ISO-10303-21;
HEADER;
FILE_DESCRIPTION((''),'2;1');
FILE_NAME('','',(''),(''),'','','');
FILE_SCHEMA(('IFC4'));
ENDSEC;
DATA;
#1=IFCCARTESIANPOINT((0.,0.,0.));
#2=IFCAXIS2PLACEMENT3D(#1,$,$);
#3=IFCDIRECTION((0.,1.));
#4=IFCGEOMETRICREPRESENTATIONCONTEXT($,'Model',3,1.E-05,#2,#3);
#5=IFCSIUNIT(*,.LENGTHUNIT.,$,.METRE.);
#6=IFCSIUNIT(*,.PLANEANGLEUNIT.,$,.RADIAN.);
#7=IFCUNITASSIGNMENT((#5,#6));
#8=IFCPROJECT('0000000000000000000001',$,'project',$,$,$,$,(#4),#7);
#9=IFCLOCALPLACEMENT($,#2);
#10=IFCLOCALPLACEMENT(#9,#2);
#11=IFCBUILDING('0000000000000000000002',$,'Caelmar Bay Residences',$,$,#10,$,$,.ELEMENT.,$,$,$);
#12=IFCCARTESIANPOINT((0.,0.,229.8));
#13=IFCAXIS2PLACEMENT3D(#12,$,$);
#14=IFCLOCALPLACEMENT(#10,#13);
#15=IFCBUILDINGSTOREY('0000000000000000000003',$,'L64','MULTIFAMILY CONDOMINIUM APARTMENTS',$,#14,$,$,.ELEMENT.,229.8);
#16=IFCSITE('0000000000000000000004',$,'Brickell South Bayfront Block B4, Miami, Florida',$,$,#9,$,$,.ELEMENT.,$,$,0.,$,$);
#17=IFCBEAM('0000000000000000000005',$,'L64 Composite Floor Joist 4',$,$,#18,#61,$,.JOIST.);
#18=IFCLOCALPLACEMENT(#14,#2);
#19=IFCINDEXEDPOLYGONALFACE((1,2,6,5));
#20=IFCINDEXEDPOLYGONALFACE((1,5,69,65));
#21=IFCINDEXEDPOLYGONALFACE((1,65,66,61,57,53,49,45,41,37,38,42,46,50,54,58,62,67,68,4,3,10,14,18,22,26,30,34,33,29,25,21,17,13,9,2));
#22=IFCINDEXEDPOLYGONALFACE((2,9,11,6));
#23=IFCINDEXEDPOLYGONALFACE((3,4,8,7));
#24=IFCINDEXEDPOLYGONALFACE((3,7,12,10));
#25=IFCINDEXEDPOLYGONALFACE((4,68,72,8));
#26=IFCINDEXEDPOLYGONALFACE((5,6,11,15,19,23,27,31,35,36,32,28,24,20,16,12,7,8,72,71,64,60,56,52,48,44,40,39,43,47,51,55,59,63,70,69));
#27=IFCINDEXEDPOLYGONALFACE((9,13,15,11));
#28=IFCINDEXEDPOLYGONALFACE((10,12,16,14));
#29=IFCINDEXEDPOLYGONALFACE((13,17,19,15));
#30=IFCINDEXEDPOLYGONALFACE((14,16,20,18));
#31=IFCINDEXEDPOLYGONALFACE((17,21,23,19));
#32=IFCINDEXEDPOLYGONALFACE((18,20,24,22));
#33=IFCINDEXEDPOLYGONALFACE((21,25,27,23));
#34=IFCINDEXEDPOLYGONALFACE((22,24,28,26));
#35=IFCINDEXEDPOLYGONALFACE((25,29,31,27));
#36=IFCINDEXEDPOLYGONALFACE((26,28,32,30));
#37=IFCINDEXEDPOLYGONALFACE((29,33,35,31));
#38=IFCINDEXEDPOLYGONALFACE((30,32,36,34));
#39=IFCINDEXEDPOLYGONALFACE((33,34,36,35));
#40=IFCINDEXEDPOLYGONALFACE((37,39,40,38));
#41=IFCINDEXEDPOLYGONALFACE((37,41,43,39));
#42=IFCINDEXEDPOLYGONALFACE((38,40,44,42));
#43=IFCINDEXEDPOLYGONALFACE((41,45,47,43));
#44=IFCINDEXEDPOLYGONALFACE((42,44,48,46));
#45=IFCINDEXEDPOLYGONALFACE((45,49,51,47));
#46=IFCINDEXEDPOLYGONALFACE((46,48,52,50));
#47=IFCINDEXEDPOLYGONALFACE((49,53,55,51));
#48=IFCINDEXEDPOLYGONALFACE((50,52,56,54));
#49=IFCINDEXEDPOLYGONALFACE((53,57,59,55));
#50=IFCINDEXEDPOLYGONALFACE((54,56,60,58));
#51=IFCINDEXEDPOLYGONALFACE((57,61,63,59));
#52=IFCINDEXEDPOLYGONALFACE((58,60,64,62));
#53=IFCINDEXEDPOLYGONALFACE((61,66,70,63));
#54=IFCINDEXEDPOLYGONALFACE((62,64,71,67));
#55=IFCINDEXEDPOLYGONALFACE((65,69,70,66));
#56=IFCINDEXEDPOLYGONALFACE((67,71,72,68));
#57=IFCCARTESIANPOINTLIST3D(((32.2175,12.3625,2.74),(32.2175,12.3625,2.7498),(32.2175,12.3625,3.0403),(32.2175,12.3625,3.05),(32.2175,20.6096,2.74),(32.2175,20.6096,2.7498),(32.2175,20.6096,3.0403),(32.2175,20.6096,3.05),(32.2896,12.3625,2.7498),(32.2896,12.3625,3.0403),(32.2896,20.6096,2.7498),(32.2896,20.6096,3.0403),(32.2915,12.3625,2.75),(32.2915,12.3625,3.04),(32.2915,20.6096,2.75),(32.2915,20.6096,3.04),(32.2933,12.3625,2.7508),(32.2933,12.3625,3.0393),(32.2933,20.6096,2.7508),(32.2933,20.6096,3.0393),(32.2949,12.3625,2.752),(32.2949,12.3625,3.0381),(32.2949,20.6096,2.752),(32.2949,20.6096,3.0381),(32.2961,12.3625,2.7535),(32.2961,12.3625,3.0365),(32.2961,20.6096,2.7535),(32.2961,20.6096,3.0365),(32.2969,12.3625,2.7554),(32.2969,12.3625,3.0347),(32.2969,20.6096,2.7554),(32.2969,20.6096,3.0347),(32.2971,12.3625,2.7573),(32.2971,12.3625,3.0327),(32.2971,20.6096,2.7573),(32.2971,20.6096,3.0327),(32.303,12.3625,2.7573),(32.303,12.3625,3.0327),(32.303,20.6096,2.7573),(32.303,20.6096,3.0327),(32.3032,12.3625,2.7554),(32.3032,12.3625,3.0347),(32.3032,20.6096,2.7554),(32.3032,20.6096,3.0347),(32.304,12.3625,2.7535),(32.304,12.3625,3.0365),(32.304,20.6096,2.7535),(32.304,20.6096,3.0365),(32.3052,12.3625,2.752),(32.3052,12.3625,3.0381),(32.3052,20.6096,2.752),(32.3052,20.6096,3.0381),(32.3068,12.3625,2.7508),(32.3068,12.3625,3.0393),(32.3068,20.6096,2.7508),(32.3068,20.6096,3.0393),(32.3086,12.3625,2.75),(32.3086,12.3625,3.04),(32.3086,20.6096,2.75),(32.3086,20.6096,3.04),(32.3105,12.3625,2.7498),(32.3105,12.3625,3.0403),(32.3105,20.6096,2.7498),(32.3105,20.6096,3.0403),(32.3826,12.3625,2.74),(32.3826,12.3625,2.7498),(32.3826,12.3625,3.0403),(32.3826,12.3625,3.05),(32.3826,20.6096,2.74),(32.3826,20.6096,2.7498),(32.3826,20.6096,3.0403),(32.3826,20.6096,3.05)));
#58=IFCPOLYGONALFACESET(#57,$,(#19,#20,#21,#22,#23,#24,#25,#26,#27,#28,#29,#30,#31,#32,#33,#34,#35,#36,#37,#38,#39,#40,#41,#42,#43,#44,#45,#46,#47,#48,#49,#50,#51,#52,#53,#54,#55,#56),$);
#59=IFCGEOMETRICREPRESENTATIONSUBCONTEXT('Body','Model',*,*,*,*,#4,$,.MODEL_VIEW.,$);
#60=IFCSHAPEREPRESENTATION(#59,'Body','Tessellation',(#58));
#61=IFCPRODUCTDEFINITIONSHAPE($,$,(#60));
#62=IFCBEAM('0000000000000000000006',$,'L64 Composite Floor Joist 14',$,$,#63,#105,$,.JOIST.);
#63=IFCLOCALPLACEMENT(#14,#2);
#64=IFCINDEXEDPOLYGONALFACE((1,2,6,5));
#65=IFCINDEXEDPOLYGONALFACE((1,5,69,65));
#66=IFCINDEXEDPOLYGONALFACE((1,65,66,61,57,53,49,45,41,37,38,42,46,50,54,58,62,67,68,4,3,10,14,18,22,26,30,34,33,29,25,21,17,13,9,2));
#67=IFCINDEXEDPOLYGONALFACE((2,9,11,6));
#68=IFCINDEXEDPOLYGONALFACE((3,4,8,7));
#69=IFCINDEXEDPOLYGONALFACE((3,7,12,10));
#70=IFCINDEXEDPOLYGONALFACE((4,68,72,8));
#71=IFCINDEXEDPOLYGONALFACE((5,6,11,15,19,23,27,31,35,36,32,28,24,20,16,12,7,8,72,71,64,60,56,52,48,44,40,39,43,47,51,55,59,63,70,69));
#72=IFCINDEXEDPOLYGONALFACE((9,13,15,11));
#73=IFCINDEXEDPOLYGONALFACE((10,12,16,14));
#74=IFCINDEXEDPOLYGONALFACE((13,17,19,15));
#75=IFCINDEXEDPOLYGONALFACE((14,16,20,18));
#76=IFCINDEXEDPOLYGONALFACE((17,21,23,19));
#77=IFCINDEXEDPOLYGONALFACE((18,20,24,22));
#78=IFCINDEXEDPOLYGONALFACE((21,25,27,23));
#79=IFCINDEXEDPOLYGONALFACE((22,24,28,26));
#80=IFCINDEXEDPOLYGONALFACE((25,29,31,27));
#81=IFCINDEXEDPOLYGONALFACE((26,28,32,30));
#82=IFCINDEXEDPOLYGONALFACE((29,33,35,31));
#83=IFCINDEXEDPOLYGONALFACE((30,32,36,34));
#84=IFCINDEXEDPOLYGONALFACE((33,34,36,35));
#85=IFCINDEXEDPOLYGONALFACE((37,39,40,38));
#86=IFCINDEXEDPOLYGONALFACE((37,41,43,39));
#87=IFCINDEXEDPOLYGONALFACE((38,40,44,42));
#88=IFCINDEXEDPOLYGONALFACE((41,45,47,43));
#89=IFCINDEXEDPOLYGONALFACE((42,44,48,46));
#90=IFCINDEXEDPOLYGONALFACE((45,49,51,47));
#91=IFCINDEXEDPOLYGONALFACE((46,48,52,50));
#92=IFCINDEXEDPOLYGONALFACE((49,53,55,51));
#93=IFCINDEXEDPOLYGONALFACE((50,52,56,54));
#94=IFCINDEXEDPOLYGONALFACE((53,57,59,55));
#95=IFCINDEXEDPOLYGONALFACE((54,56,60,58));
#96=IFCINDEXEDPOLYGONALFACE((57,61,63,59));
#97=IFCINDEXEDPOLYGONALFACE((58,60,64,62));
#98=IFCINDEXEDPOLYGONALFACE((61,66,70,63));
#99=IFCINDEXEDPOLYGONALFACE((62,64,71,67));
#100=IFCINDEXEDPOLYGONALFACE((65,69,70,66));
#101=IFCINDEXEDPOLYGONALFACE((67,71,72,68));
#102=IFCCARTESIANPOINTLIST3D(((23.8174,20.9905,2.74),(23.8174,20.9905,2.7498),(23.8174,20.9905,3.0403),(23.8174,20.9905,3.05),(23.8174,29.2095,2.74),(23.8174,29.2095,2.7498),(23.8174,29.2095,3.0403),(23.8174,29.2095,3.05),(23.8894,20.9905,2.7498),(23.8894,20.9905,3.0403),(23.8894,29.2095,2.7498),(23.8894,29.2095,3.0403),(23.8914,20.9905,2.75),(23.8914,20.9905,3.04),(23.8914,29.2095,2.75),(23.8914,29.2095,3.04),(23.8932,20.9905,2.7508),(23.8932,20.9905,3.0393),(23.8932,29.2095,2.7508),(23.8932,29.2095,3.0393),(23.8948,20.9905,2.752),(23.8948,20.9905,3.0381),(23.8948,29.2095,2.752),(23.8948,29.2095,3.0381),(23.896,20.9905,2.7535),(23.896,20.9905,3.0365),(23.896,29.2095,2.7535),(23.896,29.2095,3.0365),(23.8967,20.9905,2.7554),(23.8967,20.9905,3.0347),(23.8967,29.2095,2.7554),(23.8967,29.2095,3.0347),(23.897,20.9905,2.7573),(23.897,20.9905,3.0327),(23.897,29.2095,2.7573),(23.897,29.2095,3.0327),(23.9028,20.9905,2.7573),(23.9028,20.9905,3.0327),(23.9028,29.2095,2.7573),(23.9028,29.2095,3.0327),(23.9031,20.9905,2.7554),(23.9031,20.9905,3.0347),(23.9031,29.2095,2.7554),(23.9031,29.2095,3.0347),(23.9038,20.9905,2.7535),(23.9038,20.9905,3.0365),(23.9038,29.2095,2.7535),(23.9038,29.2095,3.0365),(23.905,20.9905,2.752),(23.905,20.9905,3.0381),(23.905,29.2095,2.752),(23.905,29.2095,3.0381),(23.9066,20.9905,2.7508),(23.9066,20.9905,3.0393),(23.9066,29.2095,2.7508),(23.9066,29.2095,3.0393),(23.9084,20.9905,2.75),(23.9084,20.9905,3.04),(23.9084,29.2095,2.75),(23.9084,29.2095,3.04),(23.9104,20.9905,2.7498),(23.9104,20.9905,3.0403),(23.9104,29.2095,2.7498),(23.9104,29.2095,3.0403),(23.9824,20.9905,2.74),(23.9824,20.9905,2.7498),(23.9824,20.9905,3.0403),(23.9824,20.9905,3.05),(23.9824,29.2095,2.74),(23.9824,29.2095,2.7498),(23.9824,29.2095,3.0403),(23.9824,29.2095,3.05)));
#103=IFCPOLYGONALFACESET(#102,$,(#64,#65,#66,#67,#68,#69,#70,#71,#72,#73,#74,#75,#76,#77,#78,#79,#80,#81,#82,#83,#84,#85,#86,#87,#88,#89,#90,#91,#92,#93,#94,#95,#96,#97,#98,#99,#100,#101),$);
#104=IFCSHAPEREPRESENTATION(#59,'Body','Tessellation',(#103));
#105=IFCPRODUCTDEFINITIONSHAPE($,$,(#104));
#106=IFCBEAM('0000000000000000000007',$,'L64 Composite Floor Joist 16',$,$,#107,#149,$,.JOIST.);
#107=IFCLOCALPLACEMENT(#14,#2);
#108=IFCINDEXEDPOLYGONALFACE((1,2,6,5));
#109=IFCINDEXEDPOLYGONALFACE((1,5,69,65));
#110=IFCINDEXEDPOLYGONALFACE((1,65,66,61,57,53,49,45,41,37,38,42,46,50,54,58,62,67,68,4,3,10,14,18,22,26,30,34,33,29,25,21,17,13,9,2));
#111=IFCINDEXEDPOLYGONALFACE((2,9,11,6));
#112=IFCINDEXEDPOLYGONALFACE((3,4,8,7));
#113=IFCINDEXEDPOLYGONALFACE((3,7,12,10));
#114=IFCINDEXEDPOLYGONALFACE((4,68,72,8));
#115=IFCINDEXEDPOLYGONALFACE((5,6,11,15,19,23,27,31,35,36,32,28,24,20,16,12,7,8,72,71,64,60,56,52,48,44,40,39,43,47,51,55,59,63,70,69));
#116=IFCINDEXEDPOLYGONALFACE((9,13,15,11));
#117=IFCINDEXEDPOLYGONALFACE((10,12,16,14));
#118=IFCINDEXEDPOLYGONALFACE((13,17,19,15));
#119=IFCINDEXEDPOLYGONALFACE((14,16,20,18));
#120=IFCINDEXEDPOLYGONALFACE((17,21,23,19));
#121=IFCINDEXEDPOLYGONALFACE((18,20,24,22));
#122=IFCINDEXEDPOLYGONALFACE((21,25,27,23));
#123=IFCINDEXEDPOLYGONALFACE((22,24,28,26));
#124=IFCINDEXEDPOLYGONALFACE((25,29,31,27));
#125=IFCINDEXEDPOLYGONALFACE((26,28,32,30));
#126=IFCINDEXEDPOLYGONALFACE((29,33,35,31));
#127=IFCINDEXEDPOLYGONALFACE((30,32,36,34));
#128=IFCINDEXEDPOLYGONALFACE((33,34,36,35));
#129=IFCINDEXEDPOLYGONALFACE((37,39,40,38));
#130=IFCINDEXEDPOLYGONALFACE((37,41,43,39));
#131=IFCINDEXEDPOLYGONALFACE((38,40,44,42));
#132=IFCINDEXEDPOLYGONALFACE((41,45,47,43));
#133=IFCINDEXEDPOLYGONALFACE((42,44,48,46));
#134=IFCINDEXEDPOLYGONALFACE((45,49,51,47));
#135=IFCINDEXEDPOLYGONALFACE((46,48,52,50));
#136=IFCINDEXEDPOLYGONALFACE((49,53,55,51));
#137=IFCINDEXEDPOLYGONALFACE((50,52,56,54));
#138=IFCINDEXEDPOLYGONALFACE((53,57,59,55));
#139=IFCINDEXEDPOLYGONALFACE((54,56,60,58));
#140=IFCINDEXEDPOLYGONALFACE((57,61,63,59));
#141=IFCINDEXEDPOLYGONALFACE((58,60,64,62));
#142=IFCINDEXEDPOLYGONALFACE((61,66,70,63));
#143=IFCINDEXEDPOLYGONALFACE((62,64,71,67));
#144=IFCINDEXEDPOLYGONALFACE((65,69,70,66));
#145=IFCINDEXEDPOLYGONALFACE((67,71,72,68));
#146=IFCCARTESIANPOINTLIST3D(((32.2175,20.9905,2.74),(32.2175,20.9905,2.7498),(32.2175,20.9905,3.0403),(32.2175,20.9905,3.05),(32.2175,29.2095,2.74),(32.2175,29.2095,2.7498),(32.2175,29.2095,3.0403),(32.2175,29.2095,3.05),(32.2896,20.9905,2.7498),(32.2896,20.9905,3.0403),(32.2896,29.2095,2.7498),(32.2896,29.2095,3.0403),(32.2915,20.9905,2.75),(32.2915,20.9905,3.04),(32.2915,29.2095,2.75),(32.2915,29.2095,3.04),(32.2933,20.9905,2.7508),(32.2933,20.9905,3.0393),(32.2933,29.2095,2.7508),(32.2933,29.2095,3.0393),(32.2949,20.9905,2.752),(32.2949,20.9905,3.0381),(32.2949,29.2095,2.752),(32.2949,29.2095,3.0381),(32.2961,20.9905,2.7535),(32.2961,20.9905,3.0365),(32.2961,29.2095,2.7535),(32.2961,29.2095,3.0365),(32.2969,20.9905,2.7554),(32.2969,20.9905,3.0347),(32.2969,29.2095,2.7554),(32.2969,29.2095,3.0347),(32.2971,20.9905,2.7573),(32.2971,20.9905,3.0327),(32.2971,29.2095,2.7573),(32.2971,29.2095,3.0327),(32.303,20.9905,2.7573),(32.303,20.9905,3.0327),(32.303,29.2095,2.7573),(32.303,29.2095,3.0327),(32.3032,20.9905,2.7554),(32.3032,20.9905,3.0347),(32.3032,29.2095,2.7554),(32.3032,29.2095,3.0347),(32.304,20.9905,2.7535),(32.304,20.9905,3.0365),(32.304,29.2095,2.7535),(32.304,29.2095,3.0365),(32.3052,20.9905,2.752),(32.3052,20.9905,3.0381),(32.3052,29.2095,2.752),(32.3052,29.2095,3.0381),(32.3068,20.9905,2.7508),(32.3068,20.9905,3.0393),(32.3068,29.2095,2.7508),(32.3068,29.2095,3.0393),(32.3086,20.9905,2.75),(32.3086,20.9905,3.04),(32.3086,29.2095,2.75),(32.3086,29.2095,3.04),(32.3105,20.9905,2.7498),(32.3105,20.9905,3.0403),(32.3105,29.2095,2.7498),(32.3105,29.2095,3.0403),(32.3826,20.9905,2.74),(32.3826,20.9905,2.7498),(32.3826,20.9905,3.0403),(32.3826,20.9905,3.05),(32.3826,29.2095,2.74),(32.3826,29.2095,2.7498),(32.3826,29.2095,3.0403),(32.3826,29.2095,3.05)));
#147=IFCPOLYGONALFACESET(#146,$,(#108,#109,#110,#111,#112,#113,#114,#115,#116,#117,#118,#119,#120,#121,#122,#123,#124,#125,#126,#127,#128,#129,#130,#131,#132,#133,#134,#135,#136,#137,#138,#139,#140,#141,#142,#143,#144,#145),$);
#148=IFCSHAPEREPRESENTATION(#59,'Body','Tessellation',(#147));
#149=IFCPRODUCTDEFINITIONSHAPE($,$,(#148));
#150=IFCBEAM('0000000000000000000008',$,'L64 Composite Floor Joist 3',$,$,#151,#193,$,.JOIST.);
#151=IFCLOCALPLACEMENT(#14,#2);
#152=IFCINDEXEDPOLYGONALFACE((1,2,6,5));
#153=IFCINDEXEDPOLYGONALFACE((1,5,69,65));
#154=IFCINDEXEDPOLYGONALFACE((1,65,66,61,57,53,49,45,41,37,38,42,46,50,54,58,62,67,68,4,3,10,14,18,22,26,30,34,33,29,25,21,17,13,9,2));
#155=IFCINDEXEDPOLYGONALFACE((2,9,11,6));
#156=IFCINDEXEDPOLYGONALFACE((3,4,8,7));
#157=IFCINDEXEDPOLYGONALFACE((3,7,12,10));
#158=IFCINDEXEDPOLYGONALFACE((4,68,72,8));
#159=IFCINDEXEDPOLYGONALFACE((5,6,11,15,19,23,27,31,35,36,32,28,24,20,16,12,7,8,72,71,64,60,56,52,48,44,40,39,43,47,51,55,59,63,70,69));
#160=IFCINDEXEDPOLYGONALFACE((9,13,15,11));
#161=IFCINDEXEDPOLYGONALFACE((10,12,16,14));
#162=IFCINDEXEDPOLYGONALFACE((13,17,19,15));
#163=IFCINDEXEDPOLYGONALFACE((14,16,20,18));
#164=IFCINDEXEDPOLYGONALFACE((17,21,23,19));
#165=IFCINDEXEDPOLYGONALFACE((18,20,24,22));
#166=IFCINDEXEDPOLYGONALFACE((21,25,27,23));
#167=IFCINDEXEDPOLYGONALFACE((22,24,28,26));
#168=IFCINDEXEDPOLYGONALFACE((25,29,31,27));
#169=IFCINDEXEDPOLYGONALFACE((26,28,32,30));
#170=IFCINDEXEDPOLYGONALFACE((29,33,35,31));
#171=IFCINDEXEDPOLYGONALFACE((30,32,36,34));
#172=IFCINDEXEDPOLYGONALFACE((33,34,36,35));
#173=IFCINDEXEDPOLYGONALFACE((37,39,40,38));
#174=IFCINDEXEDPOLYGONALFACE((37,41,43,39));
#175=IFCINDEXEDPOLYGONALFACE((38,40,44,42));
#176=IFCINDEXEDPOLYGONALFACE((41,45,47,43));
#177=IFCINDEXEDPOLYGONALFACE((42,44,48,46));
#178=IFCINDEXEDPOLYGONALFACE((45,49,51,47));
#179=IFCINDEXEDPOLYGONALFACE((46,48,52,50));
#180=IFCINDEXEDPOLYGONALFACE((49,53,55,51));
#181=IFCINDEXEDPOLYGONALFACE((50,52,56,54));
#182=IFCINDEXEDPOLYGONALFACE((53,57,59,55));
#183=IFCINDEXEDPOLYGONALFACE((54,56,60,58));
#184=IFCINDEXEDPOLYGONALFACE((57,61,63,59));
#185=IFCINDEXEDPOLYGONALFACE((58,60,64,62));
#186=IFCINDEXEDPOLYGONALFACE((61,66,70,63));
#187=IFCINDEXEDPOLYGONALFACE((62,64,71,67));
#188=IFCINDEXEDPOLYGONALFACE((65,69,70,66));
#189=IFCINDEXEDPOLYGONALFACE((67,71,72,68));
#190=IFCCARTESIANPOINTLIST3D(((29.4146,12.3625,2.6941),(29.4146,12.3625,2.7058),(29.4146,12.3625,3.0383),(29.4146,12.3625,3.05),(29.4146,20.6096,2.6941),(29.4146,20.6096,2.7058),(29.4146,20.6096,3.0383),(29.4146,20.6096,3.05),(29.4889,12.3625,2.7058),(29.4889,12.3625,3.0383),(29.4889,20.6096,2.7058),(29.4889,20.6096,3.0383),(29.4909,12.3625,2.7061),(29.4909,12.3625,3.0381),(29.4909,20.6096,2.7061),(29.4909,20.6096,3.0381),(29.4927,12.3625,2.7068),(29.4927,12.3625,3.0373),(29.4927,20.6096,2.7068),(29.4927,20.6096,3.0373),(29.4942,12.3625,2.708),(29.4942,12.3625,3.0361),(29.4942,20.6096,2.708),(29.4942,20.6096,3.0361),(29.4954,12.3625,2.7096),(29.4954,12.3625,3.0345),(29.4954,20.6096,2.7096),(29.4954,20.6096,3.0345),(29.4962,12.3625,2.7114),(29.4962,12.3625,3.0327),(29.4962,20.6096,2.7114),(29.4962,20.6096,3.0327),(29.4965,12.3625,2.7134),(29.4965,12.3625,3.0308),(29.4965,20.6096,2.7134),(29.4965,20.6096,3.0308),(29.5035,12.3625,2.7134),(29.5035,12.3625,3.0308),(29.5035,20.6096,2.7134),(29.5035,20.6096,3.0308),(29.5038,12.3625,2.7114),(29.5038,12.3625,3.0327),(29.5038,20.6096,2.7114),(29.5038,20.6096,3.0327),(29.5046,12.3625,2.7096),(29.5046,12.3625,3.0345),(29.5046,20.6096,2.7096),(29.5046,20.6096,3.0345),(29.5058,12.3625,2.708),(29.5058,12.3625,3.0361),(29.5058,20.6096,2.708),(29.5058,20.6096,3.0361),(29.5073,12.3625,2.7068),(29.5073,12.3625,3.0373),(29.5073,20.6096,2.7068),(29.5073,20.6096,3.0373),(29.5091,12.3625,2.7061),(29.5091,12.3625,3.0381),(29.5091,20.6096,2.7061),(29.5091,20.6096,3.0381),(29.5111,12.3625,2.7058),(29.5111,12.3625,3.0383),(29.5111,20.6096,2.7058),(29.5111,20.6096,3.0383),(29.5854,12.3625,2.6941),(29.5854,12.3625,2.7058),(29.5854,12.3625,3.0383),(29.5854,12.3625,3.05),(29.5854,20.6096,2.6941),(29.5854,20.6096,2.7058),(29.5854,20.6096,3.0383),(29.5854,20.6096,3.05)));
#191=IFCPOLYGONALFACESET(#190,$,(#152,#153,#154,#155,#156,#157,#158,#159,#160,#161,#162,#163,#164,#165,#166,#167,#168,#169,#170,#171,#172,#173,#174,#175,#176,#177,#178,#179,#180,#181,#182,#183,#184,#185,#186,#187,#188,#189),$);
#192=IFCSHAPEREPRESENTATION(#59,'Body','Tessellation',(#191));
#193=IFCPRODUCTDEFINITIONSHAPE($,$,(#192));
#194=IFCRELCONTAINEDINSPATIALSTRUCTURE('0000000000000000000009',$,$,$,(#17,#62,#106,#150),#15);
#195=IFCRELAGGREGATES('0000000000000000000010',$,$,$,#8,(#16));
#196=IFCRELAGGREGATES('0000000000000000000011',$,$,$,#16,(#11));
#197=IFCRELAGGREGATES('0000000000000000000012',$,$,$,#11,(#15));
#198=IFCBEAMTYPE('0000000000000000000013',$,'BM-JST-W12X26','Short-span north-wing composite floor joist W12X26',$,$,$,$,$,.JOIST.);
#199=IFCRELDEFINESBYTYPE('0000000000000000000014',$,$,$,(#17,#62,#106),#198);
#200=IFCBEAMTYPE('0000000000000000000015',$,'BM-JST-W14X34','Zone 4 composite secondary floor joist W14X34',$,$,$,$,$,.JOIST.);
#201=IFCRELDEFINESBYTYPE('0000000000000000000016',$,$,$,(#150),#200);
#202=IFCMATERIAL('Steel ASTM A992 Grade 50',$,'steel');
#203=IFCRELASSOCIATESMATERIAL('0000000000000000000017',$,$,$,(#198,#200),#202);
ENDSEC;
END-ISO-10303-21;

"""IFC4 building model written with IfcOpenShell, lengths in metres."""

from ifc_helpers import new_model, si_unit, direction, frame, origin, origin_2d, place, context, subcontext, project, spatial, i_section, extrude, material, material_profile, profile_set, type_object, element, save


model = new_model("IFC4")

# Units and contexts
model_context = context("Model", 3, precision=1e-05, world=origin(), true_north=direction((0.0, 1.0)))
body_context = subcontext(model_context, "Body", "Model", "MODEL_VIEW")
ifc_project = project(units=[si_unit("LENGTHUNIT", "METRE"), si_unit("PLANEANGLEUNIT", "RADIAN")], contexts=[model_context])

# Site, building, storey
site_placement = place(None, origin())
site = spatial("IfcSite", under=ifc_project, at=site_placement, Name="Brickell South Bayfront Block B4, Miami, Florida", CompositionType="ELEMENT", RefElevation=0.0)
building_placement = place(site_placement, origin())
building = spatial("IfcBuilding", under=site, at=building_placement, Name="Caelmar Bay Residences", CompositionType="ELEMENT")
storey_placement = place(building_placement, frame((0.0, 0.0, 229.8)))
storey = spatial("IfcBuildingStorey", under=building, at=storey_placement, Name="L64", Description="MULTIFAMILY CONDOMINIUM APARTMENTS", CompositionType="ELEMENT", Elevation=229.8)

# Beams
ifc_material_1 = material(Name="Steel ASTM A992 Grade 50", Category="steel")
ifc_material_profile_1 = material_profile(ifc_material_1, i_section(OverallWidth=0.165, OverallDepth=0.3101, WebThickness=0.0059, FlangeThickness=0.0098, FilletRadius=0.0076, at=origin_2d()), Name="W12X26")
ifc_profile_set_1 = profile_set([ifc_material_profile_1], Name="Steel ASTM A992 Grade 50")
beam_type_1 = type_object("IfcBeamType", Name="BM-JST-W12X26", Description="Short-span north-wing composite floor joist W12X26", PredefinedType="JOIST", material=ifc_profile_set_1)
for number, where, z_axis, x_axis, name in (
    (1, (32.3, 12.3625, 2.895), (0.0, 1.0, 0.0), (-1.0, 0.0, 0.0), "L64 Composite Floor Joist 4"),
):
    element("IfcBeam", number, at=place(storey_placement, frame(where, z_axis=z_axis, x_axis=x_axis)), inside=storey, type_object=beam_type_1, Name=name, PredefinedType="JOIST", context=body_context, shape_type="SweptSolid", body=[
        extrude(i_section(OverallWidth=0.165, OverallDepth=0.3101, WebThickness=0.0059, FlangeThickness=0.0098, FilletRadius=0.0076, at=origin_2d()), origin(), (0.0, 0.0, 1.0), 8.2471),
    ])
for number, where, z_axis, x_axis, name in (
    (2, (23.8999, 20.9905, 2.895), (0.0, 1.0, 0.0), (-1.0, 0.0, 0.0), "L64 Composite Floor Joist 14"),
    (3, (32.3, 20.9905, 2.895), (0.0, 1.0, 0.0), (-1.0, 0.0, 0.0), "L64 Composite Floor Joist 16"),
):
    element("IfcBeam", number, at=place(storey_placement, frame(where, z_axis=z_axis, x_axis=x_axis)), inside=storey, type_object=beam_type_1, Name=name, PredefinedType="JOIST", context=body_context, shape_type="SweptSolid", body=[
        extrude(i_section(OverallWidth=0.165, OverallDepth=0.3101, WebThickness=0.0059, FlangeThickness=0.0098, FilletRadius=0.0076, at=origin_2d()), origin(), (0.0, 0.0, 1.0), 8.219),
    ])
ifc_material_profile_2 = material_profile(ifc_material_1, i_section(OverallWidth=0.1709, OverallDepth=0.356, WebThickness=0.0071, FlangeThickness=0.0117, FilletRadius=0.0076, at=origin_2d()), Name="W14X34")
ifc_profile_set_2 = profile_set([ifc_material_profile_2], Name="Steel ASTM A992 Grade 50")
beam_type_2 = type_object("IfcBeamType", Name="BM-JST-W14X34", Description="Zone 4 composite secondary floor joist W14X34", PredefinedType="JOIST", material=ifc_profile_set_2)
beam_1_placement = place(storey_placement, frame((29.5, 12.3625, 2.8721), z_axis=(0.0, 1.0, 0.0), x_axis=(-1.0, 0.0, 0.0)))
element("IfcBeam", 4, at=beam_1_placement, inside=storey, type_object=beam_type_2, Name="L64 Composite Floor Joist 3", PredefinedType="JOIST", context=body_context, shape_type="SweptSolid", body=[
    extrude(i_section(OverallWidth=0.1709, OverallDepth=0.356, WebThickness=0.0071, FlangeThickness=0.0117, FilletRadius=0.0076, at=origin_2d()), origin(), (0.0, 0.0, 1.0), 8.2471),
])

save(model, "model.ifc")
